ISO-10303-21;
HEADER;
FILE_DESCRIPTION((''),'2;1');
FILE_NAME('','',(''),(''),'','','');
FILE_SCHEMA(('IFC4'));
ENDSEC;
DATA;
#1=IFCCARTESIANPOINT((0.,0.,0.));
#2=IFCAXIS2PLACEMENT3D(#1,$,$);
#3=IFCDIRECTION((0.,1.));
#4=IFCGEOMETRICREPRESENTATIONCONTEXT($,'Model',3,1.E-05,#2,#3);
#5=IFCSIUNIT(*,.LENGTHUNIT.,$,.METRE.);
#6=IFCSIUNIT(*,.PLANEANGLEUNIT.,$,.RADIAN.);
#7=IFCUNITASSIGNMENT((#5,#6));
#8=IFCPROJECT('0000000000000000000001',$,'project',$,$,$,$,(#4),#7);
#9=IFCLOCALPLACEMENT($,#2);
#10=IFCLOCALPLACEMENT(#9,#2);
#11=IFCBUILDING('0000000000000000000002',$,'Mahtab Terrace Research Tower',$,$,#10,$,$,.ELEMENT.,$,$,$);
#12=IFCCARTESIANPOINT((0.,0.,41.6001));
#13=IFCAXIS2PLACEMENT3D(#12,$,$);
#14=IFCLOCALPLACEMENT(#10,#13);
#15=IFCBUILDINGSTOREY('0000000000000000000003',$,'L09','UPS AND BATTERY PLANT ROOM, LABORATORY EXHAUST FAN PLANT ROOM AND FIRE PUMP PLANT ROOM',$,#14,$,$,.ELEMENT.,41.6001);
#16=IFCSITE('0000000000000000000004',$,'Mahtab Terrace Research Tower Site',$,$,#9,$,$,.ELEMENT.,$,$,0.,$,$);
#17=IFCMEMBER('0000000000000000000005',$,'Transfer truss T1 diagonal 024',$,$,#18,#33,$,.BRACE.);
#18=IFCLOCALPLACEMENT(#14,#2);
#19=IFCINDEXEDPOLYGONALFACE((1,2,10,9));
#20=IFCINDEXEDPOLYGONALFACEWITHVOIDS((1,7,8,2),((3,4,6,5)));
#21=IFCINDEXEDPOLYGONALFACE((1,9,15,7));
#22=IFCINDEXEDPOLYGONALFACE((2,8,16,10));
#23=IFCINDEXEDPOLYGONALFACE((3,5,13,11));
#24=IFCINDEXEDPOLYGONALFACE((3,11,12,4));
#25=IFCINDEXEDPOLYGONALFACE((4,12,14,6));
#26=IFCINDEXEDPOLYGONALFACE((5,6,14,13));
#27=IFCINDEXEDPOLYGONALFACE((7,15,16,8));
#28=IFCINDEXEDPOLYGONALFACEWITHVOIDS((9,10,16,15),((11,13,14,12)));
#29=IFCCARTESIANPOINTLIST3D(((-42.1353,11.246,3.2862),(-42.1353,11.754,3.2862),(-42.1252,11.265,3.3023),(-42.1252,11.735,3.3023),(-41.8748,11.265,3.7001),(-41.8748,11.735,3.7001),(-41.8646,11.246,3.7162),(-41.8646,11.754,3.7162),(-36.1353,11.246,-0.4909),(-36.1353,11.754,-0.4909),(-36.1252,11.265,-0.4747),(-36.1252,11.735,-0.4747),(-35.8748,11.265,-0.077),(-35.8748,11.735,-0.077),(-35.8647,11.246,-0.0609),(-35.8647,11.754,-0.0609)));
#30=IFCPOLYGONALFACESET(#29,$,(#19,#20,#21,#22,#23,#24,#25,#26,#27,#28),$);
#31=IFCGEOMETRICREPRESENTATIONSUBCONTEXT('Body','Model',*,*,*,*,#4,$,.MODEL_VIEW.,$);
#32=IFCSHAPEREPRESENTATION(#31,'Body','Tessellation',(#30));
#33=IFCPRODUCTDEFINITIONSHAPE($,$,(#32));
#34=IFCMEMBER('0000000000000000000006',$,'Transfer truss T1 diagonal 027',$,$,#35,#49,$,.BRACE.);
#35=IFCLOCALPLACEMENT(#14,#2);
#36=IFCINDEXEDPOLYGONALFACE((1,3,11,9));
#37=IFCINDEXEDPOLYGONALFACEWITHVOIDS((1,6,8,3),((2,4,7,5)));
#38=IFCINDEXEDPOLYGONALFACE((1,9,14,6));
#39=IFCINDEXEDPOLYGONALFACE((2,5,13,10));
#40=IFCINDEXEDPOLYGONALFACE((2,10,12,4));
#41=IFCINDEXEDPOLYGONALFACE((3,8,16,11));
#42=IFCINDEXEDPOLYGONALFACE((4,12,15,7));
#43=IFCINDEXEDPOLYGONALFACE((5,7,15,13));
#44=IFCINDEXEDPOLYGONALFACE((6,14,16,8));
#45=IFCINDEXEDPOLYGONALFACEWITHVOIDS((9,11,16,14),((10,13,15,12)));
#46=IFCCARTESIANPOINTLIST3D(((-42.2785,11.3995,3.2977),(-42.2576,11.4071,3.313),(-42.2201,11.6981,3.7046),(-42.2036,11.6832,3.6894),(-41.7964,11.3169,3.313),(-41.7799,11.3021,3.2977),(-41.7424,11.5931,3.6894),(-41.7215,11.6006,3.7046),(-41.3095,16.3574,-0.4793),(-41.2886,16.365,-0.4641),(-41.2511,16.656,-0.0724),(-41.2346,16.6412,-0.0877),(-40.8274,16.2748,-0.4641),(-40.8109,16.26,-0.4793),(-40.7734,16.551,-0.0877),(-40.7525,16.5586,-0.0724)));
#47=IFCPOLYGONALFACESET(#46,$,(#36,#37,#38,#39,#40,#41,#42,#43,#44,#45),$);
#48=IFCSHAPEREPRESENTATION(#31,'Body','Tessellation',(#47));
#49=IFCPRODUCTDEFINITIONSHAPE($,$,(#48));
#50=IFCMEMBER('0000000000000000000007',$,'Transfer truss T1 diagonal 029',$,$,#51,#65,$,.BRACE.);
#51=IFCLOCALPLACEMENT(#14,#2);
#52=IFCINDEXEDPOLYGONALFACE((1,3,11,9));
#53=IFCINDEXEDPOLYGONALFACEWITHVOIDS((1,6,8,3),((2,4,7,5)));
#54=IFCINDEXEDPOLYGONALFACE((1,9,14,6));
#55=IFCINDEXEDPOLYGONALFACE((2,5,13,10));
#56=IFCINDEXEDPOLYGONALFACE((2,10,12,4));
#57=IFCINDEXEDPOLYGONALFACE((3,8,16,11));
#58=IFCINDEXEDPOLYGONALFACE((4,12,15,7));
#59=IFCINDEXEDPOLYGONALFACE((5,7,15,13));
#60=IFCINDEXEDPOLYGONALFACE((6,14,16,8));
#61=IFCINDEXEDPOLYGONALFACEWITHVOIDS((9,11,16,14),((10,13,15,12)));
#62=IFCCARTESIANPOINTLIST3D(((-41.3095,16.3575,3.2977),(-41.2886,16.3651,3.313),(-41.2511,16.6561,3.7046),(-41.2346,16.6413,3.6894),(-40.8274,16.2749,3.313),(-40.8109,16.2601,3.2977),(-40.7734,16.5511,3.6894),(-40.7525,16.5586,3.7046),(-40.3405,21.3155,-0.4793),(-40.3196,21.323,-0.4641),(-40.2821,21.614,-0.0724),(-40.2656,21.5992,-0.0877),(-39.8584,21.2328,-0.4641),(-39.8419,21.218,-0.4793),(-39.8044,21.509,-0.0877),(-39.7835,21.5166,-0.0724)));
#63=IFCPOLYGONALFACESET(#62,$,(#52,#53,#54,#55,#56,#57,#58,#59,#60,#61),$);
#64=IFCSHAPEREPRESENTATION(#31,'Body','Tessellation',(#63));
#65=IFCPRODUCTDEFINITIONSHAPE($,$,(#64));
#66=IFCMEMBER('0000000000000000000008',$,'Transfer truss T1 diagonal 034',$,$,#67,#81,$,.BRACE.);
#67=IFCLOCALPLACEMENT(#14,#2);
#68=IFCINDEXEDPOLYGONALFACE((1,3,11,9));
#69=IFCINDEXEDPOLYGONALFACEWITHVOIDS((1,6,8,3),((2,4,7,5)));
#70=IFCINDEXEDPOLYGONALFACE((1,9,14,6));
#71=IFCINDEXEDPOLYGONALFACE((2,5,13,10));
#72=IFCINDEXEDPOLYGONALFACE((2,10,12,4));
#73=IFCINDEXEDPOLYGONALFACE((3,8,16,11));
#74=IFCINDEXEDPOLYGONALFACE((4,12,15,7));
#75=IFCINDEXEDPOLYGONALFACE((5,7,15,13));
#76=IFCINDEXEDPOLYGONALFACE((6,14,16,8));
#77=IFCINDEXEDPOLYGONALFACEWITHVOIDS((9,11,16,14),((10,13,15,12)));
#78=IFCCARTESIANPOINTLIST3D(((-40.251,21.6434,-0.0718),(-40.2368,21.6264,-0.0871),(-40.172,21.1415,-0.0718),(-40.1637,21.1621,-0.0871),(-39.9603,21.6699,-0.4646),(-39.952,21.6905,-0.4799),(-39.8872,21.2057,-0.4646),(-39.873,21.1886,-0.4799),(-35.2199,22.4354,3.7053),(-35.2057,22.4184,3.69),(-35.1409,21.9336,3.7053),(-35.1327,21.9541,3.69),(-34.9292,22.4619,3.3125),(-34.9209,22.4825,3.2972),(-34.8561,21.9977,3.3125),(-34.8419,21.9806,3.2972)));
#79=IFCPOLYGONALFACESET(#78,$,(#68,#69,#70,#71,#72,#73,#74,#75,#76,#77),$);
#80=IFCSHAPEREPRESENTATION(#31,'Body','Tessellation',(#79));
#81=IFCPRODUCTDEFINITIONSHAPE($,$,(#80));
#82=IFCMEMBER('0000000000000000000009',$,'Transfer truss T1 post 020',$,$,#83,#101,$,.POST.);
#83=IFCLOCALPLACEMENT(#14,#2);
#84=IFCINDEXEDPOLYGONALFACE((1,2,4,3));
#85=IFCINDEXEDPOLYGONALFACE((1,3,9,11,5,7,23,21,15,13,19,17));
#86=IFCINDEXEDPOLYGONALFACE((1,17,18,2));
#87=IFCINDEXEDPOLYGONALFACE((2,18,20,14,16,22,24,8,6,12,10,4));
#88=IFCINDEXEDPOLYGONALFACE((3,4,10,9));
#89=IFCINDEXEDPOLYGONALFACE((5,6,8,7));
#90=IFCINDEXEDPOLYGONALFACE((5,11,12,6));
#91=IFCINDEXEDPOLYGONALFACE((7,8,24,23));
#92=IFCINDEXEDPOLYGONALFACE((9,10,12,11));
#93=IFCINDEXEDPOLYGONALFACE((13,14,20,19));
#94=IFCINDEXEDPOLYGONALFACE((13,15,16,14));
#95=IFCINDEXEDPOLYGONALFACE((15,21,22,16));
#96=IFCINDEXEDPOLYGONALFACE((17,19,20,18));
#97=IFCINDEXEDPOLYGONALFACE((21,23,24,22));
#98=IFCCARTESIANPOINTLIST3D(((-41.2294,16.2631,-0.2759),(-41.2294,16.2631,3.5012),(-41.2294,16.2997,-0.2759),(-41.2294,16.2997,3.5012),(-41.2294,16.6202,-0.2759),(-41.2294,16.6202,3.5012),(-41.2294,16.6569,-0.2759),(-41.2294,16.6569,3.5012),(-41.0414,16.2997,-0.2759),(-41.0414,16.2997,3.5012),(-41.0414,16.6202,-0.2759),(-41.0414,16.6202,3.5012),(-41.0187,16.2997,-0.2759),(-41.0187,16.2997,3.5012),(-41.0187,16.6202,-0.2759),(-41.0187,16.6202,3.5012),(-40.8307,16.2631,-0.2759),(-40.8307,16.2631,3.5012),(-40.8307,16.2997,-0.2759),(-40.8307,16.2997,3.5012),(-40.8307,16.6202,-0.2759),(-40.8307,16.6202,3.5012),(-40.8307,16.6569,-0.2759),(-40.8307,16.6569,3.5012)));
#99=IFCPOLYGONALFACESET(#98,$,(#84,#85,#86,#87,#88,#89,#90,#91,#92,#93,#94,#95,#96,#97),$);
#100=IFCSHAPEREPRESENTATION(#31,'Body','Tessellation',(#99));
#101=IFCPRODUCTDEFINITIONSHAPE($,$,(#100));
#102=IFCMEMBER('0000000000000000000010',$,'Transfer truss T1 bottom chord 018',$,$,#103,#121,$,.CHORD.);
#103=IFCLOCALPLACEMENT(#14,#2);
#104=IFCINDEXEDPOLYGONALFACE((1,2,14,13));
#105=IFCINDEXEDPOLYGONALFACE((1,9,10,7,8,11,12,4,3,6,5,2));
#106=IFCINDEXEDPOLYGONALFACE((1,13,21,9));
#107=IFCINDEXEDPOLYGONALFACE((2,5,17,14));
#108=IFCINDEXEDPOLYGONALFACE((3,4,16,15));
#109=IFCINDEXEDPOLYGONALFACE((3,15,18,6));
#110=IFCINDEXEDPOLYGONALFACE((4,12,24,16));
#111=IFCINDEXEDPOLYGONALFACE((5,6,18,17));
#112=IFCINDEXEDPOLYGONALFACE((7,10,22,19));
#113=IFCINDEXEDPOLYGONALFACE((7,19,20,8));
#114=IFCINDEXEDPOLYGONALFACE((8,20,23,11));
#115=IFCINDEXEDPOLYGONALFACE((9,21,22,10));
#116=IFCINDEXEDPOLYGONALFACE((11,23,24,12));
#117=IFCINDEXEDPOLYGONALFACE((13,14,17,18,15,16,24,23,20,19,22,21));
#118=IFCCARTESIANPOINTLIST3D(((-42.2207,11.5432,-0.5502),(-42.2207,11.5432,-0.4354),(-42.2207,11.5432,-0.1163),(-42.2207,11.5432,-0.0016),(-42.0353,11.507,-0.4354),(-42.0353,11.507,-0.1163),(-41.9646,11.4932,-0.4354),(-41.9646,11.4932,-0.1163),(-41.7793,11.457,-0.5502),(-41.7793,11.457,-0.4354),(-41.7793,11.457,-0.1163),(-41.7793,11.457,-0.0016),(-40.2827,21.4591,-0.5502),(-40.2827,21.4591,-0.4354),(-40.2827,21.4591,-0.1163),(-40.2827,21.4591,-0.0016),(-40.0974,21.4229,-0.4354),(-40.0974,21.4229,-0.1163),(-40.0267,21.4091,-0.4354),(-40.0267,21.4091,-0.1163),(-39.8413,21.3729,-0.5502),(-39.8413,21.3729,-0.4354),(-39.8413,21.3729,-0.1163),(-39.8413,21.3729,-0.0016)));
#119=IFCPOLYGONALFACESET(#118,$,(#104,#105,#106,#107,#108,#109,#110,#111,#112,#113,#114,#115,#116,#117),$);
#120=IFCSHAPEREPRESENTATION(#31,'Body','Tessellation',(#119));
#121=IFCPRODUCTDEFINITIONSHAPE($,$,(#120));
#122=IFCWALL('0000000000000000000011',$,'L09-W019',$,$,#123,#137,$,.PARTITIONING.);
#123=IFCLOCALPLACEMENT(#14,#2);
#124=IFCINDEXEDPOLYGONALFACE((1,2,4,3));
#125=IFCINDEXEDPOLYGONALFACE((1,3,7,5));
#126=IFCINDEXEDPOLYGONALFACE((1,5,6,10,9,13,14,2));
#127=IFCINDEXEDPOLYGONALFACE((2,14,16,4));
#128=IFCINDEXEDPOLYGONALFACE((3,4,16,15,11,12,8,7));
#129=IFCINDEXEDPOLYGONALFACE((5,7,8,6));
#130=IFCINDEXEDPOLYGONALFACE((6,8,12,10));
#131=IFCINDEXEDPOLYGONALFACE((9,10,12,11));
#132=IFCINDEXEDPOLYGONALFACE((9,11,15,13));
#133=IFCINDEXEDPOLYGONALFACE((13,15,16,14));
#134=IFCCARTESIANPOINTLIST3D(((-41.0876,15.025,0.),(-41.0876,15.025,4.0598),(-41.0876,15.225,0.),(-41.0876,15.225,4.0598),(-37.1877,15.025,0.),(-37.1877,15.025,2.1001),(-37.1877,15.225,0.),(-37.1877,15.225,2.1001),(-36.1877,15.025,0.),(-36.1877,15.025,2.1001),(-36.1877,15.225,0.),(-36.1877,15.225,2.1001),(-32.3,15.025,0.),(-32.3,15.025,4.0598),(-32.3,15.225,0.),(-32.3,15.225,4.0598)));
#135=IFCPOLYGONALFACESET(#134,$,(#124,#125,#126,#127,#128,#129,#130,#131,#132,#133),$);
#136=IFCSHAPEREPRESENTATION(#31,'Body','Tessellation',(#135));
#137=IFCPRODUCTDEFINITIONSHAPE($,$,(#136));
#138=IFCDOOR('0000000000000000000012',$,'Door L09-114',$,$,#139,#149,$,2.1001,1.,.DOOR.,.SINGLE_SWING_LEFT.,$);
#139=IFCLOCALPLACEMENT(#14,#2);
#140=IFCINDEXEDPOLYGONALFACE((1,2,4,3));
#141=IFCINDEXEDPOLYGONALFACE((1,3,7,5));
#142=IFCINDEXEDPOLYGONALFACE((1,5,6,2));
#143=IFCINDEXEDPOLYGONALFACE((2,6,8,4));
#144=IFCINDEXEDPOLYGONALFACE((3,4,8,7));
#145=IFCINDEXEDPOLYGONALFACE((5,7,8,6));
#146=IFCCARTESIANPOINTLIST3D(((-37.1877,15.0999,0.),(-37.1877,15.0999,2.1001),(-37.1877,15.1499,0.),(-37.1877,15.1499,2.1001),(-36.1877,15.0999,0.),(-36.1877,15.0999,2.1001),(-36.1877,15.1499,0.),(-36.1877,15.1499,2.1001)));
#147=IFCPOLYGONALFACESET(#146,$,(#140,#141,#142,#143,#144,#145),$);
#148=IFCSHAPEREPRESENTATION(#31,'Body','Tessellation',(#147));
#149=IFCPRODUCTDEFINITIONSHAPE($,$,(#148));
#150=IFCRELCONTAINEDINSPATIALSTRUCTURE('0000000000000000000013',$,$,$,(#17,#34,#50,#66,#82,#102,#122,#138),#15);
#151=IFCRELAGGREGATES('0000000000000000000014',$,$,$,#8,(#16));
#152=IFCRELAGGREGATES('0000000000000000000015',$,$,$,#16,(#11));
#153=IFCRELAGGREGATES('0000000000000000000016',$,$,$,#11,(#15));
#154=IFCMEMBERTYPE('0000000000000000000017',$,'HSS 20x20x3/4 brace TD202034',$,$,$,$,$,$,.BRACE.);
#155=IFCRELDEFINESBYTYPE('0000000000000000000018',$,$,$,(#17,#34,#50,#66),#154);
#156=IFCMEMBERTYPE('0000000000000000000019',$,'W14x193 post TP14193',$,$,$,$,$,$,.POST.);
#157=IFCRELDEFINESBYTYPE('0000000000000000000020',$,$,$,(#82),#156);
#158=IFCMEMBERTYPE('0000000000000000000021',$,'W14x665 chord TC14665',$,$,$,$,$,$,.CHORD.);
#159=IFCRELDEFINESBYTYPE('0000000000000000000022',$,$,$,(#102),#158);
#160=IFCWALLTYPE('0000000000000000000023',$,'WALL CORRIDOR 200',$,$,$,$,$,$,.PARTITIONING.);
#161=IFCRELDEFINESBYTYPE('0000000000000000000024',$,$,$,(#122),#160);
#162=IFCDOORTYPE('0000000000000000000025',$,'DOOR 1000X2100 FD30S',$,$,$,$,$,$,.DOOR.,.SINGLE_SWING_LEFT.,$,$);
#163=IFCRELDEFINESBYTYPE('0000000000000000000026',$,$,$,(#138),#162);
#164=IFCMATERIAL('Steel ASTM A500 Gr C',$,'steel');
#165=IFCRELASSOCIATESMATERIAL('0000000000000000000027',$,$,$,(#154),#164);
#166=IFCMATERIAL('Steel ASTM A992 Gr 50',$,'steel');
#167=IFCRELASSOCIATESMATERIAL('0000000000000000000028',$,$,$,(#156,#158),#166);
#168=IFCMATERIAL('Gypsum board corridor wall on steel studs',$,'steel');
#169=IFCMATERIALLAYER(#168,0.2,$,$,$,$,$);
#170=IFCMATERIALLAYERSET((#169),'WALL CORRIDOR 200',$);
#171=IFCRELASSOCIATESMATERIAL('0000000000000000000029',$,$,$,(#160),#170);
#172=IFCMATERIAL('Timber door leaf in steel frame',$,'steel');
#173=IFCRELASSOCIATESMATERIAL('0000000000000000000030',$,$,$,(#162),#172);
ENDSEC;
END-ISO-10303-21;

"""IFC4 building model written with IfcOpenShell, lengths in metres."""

from ifc_helpers import new_model, si_unit, direction, frame, frame_2d, origin, origin_2d, place, context, subcontext, project, spatial, rectangle, hollow_rectangle, i_section, extrude, material, layer, layer_set, material_profile, profile_set, type_object, element, fill, save


model = new_model("IFC4")

# Units and contexts
model_context = context("Model", 3, precision=1e-05, world=origin(), true_north=direction((0.0, 1.0)))
body_context = subcontext(model_context, "Body", "Model", "MODEL_VIEW")
ifc_project = project(units=[si_unit("LENGTHUNIT", "METRE"), si_unit("PLANEANGLEUNIT", "RADIAN")], contexts=[model_context])

# Site, building, storey
site_placement = place(None, origin())
site = spatial("IfcSite", under=ifc_project, at=site_placement, Name="Mahtab Terrace Research Tower Site", CompositionType="ELEMENT", RefElevation=0.0)
building_placement = place(site_placement, origin())
building = spatial("IfcBuilding", under=site, at=building_placement, Name="Mahtab Terrace Research Tower", CompositionType="ELEMENT")
storey_placement = place(building_placement, frame((0.0, 0.0, 41.6001)))
storey = spatial("IfcBuildingStorey", under=building, at=storey_placement, Name="L09", Description="UPS AND BATTERY PLANT ROOM, LABORATORY EXHAUST FAN PLANT ROOM AND FIRE PUMP PLANT ROOM", CompositionType="ELEMENT", Elevation=41.6001)

# Members
ifc_material_1 = material(Name="Steel ASTM A500 Gr C", Category="steel")
ifc_material_profile_1 = material_profile(ifc_material_1, hollow_rectangle(XDim=0.5081, YDim=0.5081, WallThickness=0.019, at=origin_2d()), Name="HSS20X20X3/4")
ifc_profile_set_1 = profile_set([ifc_material_profile_1], Name="Steel ASTM A500 Gr C")
member_type_1 = type_object("IfcMemberType", Name="HSS 20x20x3/4 brace TD202034", PredefinedType="BRACE", material=ifc_profile_set_1)
member_1_placement = place(storey_placement, frame((-36.0, 11.5, -0.2759), z_axis=(-0.846276, 0.0, 0.532745), x_axis=(0.0, -1.0, 0.0)))
element("IfcMember", 1, at=member_1_placement, inside=storey, type_object=member_type_1, Name="Transfer truss T1 diagonal 024", PredefinedType="BRACE", context=body_context, shape_type="SweptSolid", body=[
    extrude(hollow_rectangle(XDim=0.5081, YDim=0.5081, WallThickness=0.019, at=origin_2d()), origin(), (0.0, 0.0, 1.0), 7.0898),
])
for number, where, z_axis, x_axis, name in (
    (2, (-41.031, 16.458, -0.2759), (-0.15362, -0.786023, 0.598806), (0.981432, -0.191811, 0.0), "Transfer truss T1 diagonal 027"),
    (3, (-40.062, 21.416, -0.2759), (-0.15362, -0.786023, 0.598806), (0.981432, -0.191811, 0.0), "Transfer truss T1 diagonal 029"),
):
    element("IfcMember", number, at=place(storey_placement, frame(where, z_axis=z_axis, x_axis=x_axis)), inside=storey, type_object=member_type_1, Name=name, PredefinedType="BRACE", context=body_context, shape_type="SweptSolid", body=[
        extrude(hollow_rectangle(XDim=0.5081, YDim=0.5081, WallThickness=0.019, at=origin_2d()), origin(), (0.0, 0.0, 1.0), 6.3076),
    ])
member_2_placement = place(storey_placement, frame((-40.062, 21.416, -0.2759), z_axis=(0.793444, 0.124906, 0.595689), x_axis=(-0.155507, 0.987835, 0.0)))
element("IfcMember", 4, at=member_2_placement, inside=storey, type_object=member_type_1, Name="Transfer truss T1 diagonal 034", PredefinedType="BRACE", context=body_context, shape_type="SweptSolid", body=[
    extrude(hollow_rectangle(XDim=0.5081, YDim=0.5081, WallThickness=0.019, at=origin_2d()), origin(), (0.0, 0.0, 1.0), 6.3408),
])
ifc_material_2 = material(Name="Steel ASTM A992 Gr 50", Category="steel")
ifc_material_profile_2 = material_profile(ifc_material_2, i_section(OverallWidth=0.3987, OverallDepth=0.3938, WebThickness=0.0227, FlangeThickness=0.0366, at=origin_2d()), Name="W14X193")
ifc_profile_set_2 = profile_set([ifc_material_profile_2], Name="Steel ASTM A992 Gr 50")
member_type_2 = type_object("IfcMemberType", Name="W14x193 post TP14193", PredefinedType="POST", material=ifc_profile_set_2)
member_3_placement = place(storey_placement, frame((-41.03, 16.46, -0.2759), z_axis=(0.0, 0.0, 1.0), x_axis=(1.0, 0.0, 0.0)))
element("IfcMember", 5, at=member_3_placement, inside=storey, type_object=member_type_2, Name="Transfer truss T1 post 020", PredefinedType="POST", context=body_context, shape_type="SweptSolid", body=[
    extrude(i_section(OverallWidth=0.3987, OverallDepth=0.3938, WebThickness=0.0227, FlangeThickness=0.0366, at=origin_2d()), origin(), (0.0, 0.0, 1.0), 3.7771),
])
ifc_material_profile_3 = material_profile(ifc_material_2, i_section(OverallWidth=0.4497, OverallDepth=0.5486, WebThickness=0.072, FlangeThickness=0.1147, at=origin_2d()), Name="W14X665")
ifc_profile_set_3 = profile_set([ifc_material_profile_3], Name="Steel ASTM A992 Gr 50")
member_type_3 = type_object("IfcMemberType", Name="W14x665 chord TC14665", PredefinedType="CHORD", material=ifc_profile_set_3)
member_4_placement = place(storey_placement, frame((-40.062, 21.416, -0.2759), z_axis=(-0.191811, -0.981432, 0.0), x_axis=(0.981432, -0.191811, 0.0)))
element("IfcMember", 6, at=member_4_placement, inside=storey, type_object=member_type_3, Name="Transfer truss T1 bottom chord 018", PredefinedType="CHORD", context=body_context, shape_type="SweptSolid", body=[
    extrude(i_section(OverallWidth=0.4497, OverallDepth=0.5486, WebThickness=0.072, FlangeThickness=0.1147, at=origin_2d()), origin(), (0.0, 0.0, 1.0), 10.1035),
])

# Wall, opening, door
ifc_material_3 = material(Name="Gypsum board corridor wall on steel studs", Category="steel")
ifc_layer_1 = layer(ifc_material_3, 0.2)
ifc_layer_set_1 = layer_set([ifc_layer_1], Name="WALL CORRIDOR 200")
wall_type = type_object("IfcWallType", Name="WALL CORRIDOR 200", PredefinedType="PARTITIONING", material=ifc_layer_set_1)
wall_1_placement = place(storey_placement, frame((-41.0876, 15.125, 0.0), z_axis=(0.0, 0.0, 1.0), x_axis=(1.0, 0.0, 0.0)))
wall_1 = element("IfcWall", 7, at=wall_1_placement, inside=storey, type_object=wall_type, Name="L09-W019", PredefinedType="PARTITIONING", context=body_context, shape_type="SweptSolid", body=[
    extrude(rectangle(XDim=8.7876, YDim=0.2, at=frame_2d((4.3938, 0.0))), origin(), (0.0, 0.0, 1.0), 4.0598),
])
opening_1_placement = place(wall_1_placement, frame((3.8999, 0.0, 0.0)))
opening_1 = element("IfcOpeningElement", 8, at=opening_1_placement, cuts=wall_1, PredefinedType="OPENING", context=body_context, shape_type="SweptSolid", body=[
    extrude(rectangle(XDim=1.0, YDim=2.1001, at=frame_2d((0.5, 1.05))), frame((0.0, 0.1099, 0.0), z_axis=(0.0, -1.0, 0.0), x_axis=(1.0, 0.0, 0.0)), (0.0, 0.0, 1.0), 0.22),
])
ifc_material_4 = material(Name="Timber door leaf in steel frame", Category="steel")
door_type_1 = type_object("IfcDoorType", Name="DOOR 1000X2100 FD30S", OperationType="SINGLE_SWING_LEFT", PredefinedType="DOOR", material=ifc_material_4)
door_1_placement = place(opening_1_placement, origin())
door_1 = element("IfcDoor", 9, at=door_1_placement, inside=storey, type_object=door_type_1, Name="Door L09-114", OperationType="SINGLE_SWING_LEFT", OverallHeight=2.1001, OverallWidth=1.0, PredefinedType="DOOR", context=body_context, shape_type="SweptSolid", body=[
    extrude(rectangle(XDim=1.0, YDim=2.1001, at=frame_2d((0.5, 1.05))), frame((0.0, 0.0249, 0.0), z_axis=(0.0, -1.0, 0.0), x_axis=(1.0, 0.0, 0.0)), (0.0, 0.0, 1.0), 0.05),
])
fill(opening_1, door_1)

save(model, "model.ifc")
